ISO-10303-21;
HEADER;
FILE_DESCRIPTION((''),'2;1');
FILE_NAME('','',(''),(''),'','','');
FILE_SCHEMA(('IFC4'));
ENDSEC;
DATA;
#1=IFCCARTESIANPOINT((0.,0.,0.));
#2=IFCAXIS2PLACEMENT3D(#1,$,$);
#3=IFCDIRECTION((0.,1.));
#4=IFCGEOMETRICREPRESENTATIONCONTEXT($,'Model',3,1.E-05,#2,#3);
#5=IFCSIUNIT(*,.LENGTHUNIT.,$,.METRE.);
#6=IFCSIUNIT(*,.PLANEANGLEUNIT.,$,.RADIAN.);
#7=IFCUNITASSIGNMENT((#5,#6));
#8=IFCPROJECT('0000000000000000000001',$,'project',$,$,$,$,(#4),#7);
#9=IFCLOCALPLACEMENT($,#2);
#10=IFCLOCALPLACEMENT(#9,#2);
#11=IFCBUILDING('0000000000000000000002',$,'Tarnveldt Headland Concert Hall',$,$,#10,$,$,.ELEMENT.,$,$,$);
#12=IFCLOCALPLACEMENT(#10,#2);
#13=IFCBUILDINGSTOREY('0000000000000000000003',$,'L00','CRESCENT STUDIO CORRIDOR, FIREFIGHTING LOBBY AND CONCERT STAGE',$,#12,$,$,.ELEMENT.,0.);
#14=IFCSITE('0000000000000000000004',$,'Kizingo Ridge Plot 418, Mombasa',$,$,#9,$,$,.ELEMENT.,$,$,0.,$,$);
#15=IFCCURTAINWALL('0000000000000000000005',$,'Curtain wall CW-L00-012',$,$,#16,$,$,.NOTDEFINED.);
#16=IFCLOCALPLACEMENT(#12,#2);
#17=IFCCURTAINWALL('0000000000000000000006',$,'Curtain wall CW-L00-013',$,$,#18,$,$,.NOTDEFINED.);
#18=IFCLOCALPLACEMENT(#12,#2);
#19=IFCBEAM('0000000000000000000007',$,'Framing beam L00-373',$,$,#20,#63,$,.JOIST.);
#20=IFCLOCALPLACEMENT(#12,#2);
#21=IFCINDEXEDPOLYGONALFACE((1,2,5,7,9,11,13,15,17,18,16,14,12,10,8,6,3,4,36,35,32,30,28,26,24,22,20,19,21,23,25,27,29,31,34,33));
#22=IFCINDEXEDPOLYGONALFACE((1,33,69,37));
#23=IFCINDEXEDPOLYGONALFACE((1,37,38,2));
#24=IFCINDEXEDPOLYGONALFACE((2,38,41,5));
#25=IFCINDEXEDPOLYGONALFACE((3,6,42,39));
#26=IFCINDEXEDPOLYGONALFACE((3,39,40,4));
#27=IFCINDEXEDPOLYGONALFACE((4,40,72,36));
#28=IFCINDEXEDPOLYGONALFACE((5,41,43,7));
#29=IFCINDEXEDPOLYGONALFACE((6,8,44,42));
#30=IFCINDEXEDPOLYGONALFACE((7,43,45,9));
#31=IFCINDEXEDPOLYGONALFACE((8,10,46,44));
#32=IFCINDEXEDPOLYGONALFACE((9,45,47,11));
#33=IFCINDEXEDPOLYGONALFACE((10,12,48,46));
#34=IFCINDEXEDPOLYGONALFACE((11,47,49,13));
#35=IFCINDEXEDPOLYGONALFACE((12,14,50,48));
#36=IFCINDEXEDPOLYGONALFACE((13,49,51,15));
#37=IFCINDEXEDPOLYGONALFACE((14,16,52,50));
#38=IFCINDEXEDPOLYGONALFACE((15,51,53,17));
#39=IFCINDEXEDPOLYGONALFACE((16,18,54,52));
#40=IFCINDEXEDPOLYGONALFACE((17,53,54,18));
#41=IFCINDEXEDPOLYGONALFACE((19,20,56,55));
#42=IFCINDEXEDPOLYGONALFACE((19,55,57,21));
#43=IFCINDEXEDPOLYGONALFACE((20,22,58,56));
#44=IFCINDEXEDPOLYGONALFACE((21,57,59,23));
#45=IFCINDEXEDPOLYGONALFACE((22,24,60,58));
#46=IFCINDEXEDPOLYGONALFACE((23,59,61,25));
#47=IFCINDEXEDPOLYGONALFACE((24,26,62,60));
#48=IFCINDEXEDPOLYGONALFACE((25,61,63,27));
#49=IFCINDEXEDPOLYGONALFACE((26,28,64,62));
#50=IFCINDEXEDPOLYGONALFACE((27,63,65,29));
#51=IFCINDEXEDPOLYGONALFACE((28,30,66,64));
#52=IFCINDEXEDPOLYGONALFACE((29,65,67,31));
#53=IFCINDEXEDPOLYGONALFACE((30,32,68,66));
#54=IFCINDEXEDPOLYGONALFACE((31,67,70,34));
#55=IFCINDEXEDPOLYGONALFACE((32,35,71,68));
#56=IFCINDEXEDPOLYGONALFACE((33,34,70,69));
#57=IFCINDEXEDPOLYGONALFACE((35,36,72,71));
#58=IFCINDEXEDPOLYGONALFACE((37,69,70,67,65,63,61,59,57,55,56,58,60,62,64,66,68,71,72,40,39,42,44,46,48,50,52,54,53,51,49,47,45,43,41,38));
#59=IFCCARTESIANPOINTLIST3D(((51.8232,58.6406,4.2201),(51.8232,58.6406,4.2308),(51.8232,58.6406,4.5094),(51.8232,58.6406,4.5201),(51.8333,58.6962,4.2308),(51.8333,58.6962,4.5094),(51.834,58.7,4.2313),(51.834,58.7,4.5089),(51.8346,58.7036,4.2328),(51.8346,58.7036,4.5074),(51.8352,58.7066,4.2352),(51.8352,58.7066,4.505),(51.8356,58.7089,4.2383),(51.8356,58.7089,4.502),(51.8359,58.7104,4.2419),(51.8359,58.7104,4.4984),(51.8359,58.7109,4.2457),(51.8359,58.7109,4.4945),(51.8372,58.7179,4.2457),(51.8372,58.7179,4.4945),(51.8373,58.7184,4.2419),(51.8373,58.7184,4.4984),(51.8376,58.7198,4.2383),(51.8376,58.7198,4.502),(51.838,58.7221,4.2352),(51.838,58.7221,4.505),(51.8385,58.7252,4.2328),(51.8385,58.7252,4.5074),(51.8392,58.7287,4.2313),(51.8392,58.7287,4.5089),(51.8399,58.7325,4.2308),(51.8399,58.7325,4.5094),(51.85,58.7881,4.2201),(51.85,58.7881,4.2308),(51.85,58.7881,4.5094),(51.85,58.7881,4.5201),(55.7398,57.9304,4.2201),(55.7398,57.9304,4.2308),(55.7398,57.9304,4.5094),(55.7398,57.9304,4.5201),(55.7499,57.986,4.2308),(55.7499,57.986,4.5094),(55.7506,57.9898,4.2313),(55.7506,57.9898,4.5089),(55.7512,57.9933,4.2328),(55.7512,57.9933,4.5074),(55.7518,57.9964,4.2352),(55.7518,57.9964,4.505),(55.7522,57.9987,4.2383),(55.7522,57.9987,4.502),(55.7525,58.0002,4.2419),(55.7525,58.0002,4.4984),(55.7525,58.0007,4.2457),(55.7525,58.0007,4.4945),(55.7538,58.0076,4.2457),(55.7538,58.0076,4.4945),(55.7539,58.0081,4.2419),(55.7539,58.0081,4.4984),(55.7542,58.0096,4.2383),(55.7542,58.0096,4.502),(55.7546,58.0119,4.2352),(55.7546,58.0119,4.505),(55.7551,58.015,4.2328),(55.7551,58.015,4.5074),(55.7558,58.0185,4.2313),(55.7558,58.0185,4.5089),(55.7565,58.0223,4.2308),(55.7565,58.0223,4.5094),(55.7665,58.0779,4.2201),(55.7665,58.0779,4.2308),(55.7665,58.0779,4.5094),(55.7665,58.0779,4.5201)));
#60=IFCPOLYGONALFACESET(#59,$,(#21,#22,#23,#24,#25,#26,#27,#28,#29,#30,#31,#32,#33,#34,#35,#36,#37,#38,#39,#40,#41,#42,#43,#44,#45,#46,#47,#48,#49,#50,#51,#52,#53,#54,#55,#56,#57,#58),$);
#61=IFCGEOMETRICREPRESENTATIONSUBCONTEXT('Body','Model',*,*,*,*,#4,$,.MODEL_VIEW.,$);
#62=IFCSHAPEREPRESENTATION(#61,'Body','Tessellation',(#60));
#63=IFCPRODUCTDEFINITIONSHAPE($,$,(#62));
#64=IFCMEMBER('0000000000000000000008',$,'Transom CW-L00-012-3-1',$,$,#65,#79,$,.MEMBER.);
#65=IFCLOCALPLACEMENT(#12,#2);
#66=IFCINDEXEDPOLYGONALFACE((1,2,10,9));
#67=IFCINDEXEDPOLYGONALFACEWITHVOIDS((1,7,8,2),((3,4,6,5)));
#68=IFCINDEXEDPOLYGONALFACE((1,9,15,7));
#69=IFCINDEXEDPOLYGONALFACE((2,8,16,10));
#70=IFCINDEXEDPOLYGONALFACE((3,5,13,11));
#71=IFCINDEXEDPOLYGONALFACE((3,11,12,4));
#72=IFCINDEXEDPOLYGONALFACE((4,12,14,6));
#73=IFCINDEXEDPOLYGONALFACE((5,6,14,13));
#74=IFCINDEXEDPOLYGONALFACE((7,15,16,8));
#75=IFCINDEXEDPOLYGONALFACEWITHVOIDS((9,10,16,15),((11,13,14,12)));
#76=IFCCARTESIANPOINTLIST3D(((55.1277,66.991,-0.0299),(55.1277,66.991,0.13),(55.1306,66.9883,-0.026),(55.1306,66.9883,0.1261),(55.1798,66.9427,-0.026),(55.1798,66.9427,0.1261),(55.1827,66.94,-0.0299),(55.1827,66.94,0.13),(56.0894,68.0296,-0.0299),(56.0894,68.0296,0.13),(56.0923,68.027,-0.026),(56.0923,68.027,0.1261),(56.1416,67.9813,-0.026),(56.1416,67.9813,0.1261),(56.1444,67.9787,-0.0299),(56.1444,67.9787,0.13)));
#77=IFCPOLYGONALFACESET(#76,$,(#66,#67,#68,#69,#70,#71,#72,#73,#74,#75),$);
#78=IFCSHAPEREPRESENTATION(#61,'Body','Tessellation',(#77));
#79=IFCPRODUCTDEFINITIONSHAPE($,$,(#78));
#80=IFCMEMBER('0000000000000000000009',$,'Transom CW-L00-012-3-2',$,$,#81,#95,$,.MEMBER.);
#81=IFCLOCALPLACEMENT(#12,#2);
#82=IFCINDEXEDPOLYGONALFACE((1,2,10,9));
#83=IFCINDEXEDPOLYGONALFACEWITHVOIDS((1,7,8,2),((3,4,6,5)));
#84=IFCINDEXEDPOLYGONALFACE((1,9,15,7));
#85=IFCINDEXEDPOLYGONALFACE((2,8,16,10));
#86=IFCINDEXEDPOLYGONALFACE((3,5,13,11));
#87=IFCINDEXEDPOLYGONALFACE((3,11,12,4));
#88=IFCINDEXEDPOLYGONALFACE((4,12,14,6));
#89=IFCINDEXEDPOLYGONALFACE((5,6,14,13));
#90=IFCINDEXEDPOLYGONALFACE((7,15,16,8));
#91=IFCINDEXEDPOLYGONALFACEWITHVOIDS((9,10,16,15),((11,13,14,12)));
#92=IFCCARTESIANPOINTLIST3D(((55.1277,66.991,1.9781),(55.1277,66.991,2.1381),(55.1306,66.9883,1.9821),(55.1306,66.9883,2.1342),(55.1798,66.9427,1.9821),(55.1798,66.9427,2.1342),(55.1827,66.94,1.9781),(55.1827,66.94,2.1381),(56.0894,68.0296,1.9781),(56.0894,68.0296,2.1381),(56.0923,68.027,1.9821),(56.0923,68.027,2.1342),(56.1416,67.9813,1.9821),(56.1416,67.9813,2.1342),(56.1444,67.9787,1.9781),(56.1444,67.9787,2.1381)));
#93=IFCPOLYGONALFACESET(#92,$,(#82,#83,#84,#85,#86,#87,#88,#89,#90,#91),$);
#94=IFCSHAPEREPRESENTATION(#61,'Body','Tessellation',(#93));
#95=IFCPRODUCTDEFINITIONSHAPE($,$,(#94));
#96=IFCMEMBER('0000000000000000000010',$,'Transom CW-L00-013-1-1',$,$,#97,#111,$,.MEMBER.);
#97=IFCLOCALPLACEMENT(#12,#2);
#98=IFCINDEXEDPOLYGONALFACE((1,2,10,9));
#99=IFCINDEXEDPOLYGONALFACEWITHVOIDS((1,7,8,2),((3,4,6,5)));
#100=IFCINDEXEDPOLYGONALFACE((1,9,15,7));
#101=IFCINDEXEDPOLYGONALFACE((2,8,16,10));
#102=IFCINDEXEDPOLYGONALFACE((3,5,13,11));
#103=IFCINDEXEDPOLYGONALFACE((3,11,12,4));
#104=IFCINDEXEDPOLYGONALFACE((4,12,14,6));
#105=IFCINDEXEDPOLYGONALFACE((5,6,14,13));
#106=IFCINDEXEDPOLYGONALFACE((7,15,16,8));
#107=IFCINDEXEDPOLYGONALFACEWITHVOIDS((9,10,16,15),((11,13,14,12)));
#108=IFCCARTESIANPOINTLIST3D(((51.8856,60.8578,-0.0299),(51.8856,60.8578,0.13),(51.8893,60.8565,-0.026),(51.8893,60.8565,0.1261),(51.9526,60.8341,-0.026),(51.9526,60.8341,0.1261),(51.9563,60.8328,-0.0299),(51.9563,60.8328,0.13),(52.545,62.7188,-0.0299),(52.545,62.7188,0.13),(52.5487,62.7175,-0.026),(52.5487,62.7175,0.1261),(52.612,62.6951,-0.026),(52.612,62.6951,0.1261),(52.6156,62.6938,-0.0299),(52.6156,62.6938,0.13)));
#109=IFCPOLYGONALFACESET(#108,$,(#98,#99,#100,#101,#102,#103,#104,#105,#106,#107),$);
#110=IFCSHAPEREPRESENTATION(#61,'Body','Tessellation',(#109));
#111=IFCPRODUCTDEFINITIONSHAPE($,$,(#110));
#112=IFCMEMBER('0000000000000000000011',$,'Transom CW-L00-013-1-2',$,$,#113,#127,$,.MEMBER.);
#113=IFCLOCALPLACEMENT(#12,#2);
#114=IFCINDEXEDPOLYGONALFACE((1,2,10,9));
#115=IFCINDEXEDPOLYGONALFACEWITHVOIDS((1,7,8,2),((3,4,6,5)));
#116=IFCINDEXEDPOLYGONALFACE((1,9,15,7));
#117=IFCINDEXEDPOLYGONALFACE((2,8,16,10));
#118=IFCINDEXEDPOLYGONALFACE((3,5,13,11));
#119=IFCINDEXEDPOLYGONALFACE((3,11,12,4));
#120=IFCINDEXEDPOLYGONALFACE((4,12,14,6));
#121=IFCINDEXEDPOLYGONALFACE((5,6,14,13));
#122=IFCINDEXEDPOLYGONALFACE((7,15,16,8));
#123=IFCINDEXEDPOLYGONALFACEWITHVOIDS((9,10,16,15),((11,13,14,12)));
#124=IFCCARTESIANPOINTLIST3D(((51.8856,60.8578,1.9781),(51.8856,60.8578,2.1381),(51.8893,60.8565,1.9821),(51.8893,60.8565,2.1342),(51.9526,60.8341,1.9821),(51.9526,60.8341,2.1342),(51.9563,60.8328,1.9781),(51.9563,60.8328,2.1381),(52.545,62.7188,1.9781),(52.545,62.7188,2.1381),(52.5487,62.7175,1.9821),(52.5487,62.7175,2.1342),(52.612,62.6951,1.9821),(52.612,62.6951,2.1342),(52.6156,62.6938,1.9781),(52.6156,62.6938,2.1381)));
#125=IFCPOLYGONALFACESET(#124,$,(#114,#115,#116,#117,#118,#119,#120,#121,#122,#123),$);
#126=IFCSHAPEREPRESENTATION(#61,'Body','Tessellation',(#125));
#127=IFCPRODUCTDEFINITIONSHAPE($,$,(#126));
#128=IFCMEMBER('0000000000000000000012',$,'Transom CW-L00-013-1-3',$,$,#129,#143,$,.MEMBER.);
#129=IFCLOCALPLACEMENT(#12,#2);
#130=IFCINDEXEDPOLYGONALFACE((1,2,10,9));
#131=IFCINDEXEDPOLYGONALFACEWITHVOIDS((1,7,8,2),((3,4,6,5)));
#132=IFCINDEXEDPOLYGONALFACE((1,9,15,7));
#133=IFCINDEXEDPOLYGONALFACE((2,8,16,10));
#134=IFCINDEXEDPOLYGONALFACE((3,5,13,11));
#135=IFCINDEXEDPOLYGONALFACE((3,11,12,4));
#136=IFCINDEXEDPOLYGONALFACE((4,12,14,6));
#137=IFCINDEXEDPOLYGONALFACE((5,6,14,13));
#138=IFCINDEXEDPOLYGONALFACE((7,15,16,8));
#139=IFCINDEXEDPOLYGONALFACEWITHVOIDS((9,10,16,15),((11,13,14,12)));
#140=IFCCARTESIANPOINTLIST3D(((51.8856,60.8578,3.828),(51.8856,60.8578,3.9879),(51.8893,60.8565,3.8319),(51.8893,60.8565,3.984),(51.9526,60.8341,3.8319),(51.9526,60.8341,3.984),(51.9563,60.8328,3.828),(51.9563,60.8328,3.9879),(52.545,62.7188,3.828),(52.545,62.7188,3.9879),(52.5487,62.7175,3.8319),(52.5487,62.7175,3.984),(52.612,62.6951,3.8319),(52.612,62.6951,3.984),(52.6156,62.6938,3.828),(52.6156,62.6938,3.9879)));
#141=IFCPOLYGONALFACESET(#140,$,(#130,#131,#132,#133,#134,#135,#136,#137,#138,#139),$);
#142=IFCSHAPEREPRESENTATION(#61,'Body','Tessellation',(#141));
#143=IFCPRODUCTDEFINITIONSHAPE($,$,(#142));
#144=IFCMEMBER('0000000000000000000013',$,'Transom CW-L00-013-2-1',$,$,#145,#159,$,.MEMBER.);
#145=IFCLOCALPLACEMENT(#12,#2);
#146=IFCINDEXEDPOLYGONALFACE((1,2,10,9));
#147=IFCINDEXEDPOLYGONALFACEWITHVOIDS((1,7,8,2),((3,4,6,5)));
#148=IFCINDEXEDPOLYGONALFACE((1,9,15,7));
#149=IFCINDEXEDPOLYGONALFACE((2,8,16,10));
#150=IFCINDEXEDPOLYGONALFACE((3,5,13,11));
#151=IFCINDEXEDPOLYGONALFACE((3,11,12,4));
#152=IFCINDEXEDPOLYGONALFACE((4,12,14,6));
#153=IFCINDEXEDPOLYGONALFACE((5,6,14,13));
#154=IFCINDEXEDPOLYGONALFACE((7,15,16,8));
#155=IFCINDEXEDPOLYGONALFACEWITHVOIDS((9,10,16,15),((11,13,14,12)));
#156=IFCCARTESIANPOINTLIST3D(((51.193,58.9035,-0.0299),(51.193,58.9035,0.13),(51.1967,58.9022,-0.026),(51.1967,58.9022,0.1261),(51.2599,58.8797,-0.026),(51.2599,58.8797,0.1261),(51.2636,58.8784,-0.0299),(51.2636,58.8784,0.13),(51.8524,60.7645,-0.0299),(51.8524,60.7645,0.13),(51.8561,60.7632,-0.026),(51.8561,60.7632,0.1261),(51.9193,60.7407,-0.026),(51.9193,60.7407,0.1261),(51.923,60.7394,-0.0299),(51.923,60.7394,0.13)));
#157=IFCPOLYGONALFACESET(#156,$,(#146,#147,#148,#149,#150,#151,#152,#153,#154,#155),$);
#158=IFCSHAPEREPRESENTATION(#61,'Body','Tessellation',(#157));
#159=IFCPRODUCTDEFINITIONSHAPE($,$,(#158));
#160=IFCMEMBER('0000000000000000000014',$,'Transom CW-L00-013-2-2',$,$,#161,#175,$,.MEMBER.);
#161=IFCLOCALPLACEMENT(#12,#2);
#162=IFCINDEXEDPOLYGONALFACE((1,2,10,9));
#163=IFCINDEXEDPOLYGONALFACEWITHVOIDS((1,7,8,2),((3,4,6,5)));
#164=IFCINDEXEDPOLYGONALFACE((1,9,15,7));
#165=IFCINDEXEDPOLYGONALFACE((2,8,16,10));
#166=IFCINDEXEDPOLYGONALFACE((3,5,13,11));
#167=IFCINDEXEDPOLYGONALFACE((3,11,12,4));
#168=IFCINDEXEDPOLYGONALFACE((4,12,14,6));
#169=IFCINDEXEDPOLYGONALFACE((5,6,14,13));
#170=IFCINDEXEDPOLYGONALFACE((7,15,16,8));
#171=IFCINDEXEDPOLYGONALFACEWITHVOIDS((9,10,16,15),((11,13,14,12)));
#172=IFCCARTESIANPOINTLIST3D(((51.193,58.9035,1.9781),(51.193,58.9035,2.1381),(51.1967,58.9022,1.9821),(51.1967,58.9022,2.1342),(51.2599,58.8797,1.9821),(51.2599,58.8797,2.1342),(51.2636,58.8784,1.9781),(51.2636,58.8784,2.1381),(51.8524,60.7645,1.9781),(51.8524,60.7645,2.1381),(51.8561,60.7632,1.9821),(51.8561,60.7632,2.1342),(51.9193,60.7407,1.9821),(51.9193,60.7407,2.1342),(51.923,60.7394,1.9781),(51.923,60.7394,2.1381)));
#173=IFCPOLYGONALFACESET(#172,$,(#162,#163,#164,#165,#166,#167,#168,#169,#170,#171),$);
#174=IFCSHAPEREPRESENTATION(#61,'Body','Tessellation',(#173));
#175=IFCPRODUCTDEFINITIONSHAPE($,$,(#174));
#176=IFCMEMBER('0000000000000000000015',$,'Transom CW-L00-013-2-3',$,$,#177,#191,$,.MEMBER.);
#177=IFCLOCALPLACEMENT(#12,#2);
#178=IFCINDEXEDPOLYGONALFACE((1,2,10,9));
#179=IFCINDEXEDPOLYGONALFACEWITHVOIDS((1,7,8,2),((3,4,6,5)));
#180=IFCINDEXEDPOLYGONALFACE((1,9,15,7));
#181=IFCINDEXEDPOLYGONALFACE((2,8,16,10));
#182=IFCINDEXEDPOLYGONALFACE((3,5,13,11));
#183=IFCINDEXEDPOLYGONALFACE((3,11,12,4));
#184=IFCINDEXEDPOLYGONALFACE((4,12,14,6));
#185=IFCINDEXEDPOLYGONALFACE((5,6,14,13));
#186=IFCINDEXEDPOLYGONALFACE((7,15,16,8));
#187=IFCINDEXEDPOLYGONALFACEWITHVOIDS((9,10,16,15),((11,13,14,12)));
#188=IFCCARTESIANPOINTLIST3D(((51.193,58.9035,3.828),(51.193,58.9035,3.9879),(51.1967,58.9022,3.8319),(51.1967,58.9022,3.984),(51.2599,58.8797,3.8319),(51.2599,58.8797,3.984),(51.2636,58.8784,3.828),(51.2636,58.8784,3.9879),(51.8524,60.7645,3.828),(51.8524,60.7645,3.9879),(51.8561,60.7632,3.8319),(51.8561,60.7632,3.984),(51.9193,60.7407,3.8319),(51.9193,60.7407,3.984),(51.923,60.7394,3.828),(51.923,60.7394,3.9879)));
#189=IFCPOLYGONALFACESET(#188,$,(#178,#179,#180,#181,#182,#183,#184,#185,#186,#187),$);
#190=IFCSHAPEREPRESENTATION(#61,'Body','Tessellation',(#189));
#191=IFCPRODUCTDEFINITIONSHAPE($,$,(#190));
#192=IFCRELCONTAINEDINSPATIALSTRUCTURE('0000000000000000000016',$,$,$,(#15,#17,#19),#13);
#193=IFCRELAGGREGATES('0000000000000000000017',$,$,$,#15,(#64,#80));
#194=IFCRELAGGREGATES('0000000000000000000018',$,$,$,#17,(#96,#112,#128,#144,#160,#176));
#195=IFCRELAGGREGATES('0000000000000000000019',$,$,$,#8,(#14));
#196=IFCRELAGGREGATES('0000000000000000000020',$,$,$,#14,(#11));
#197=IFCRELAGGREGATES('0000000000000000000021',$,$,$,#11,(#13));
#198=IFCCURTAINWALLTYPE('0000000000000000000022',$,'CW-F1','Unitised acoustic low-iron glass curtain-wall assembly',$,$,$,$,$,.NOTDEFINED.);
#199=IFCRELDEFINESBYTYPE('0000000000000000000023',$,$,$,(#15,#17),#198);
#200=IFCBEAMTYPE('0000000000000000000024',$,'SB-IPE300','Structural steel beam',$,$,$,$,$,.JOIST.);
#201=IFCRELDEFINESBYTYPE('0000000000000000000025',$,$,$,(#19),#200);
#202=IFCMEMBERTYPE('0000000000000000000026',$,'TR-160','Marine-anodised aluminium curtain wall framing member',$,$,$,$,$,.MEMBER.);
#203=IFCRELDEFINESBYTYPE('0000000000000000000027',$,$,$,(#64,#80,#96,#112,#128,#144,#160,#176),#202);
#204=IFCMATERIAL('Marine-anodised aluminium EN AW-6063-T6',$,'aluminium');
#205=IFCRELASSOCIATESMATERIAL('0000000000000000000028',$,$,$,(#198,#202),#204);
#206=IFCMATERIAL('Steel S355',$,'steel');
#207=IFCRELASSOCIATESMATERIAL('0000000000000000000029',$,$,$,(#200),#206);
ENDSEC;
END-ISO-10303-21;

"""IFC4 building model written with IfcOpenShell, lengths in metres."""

from ifc_helpers import new_model, si_unit, direction, frame, origin, origin_2d, place, context, subcontext, project, spatial, hollow_rectangle, i_section, extrude, material, material_profile, profile_set, type_object, element, aggregate, save


model = new_model("IFC4")

# Units and contexts
model_context = context("Model", 3, precision=1e-05, world=origin(), true_north=direction((0.0, 1.0)))
body_context = subcontext(model_context, "Body", "Model", "MODEL_VIEW")
ifc_project = project(units=[si_unit("LENGTHUNIT", "METRE"), si_unit("PLANEANGLEUNIT", "RADIAN")], contexts=[model_context])

# Site, building, storey
site_placement = place(None, origin())
site = spatial("IfcSite", under=ifc_project, at=site_placement, Name="Kizingo Ridge Plot 418, Mombasa", CompositionType="ELEMENT", RefElevation=0.0)
building_placement = place(site_placement, origin())
building = spatial("IfcBuilding", under=site, at=building_placement, Name="Tarnveldt Headland Concert Hall", CompositionType="ELEMENT")
storey_placement = place(building_placement, origin())
storey = spatial("IfcBuildingStorey", under=building, at=storey_placement, Name="L00", Description="CRESCENT STUDIO CORRIDOR, FIREFIGHTING LOBBY AND CONCERT STAGE", CompositionType="ELEMENT", Elevation=0.0)

# Shared definitions
ifc_material_1 = material(Name="Steel S355", Category="steel")

# Curtain wall
ifc_material_2 = material(Name="Marine-anodised aluminium EN AW-6063-T6", Category="aluminium")
curtain_wall_type = type_object("IfcCurtainWallType", Name="CW-F1", Description="Unitised acoustic low-iron glass curtain-wall assembly", PredefinedType="NOTDEFINED", material=ifc_material_2)
curtain_wall_1_placement = place(storey_placement, origin())
curtain_wall_1 = element("IfcCurtainWall", 1, at=curtain_wall_1_placement, inside=storey, type_object=curtain_wall_type, Name="Curtain wall CW-L00-012", PredefinedType="NOTDEFINED")

# Curtain wall
curtain_wall_2_placement = place(storey_placement, origin())
curtain_wall_2 = element("IfcCurtainWall", 2, at=curtain_wall_2_placement, inside=storey, type_object=curtain_wall_type, Name="Curtain wall CW-L00-013", PredefinedType="NOTDEFINED")

# Beam
ifc_material_profile_1 = material_profile(ifc_material_1, i_section(OverallWidth=0.1499, OverallDepth=0.3, WebThickness=0.0071, FlangeThickness=0.0107, FilletRadius=0.0149, at=origin_2d()), Name="IPE300", Category="steel")
ifc_profile_set_1 = profile_set([ifc_material_profile_1], Name="Steel S355")
beam_type_1 = type_object("IfcBeamType", Name="SB-IPE300", Description="Structural steel beam", PredefinedType="JOIST", material=ifc_profile_set_1)
beam_1_placement = place(storey_placement, frame((55.7532, 58.0042, 4.3701), z_axis=(-0.983953, 0.178427, 0.0), x_axis=(-0.178427, -0.983953, 0.0)))
element("IfcBeam", 3, at=beam_1_placement, inside=storey, type_object=beam_type_1, Name="Framing beam L00-373", PredefinedType="JOIST", context=body_context, shape_type="SweptSolid", body=[
    extrude(i_section(OverallWidth=0.1499, OverallDepth=0.3, WebThickness=0.0071, FlangeThickness=0.0107, FilletRadius=0.0149, at=origin_2d()), origin(), (0.0, 0.0, 1.0), 3.9805),
])

# Members
ifc_material_profile_2 = material_profile(ifc_material_2, hollow_rectangle(XDim=0.075, YDim=0.1599, WallThickness=0.0039, at=origin_2d()), Name="ALU TRANSOM 75x160x4", Category="aluminium")
ifc_profile_set_2 = profile_set([ifc_material_profile_2], Name="Marine-anodised aluminium EN AW-6063-T6")
member_type_1 = type_object("IfcMemberType", Name="TR-160", Description="Marine-anodised aluminium curtain wall framing member", PredefinedType="MEMBER", material=ifc_profile_set_2)
member_1_placement = place(storey_placement, frame((56.1169, 68.0042, 0.05), z_axis=(-0.679418, -0.733751, 0.0), x_axis=(0.733751, -0.679418, 0.0)))
member_1 = element("IfcMember", 4, at=member_1_placement, type_object=member_type_1, Name="Transom CW-L00-012-3-1", PredefinedType="MEMBER", context=body_context, shape_type="SweptSolid", body=[
    extrude(hollow_rectangle(XDim=0.075, YDim=0.1599, WallThickness=0.0039, at=origin_2d()), origin(), (0.0, 0.0, 1.0), 1.4155),
])
member_2_placement = place(storey_placement, frame((56.1169, 68.0042, 2.0581), z_axis=(-0.679418, -0.733751, 0.0), x_axis=(0.733751, -0.679418, 0.0)))
member_2 = element("IfcMember", 5, at=member_2_placement, type_object=member_type_1, Name="Transom CW-L00-012-3-2", PredefinedType="MEMBER", context=body_context, shape_type="SweptSolid", body=[
    extrude(hollow_rectangle(XDim=0.075, YDim=0.1599, WallThickness=0.0039, at=origin_2d()), origin(), (0.0, 0.0, 1.0), 1.4155),
])
member_3_placement = place(storey_placement, frame((52.5803, 62.7063, 0.05), z_axis=(-0.333978, -0.942581, 0.0), x_axis=(0.942581, -0.333978, 0.0)))
member_3 = element("IfcMember", 6, at=member_3_placement, type_object=member_type_1, Name="Transom CW-L00-013-1-1", PredefinedType="MEMBER", context=body_context, shape_type="SweptSolid", body=[
    extrude(hollow_rectangle(XDim=0.075, YDim=0.1599, WallThickness=0.0039, at=origin_2d()), origin(), (0.0, 0.0, 1.0), 1.9744),
])
member_4_placement = place(storey_placement, frame((52.5803, 62.7063, 2.0581), z_axis=(-0.333978, -0.942581, 0.0), x_axis=(0.942581, -0.333978, 0.0)))
member_4 = element("IfcMember", 7, at=member_4_placement, type_object=member_type_1, Name="Transom CW-L00-013-1-2", PredefinedType="MEMBER", context=body_context, shape_type="SweptSolid", body=[
    extrude(hollow_rectangle(XDim=0.075, YDim=0.1599, WallThickness=0.0039, at=origin_2d()), origin(), (0.0, 0.0, 1.0), 1.9744),
])
member_5_placement = place(storey_placement, frame((52.5803, 62.7063, 3.908), z_axis=(-0.333978, -0.942581, 0.0), x_axis=(0.942581, -0.333978, 0.0)))
member_5 = element("IfcMember", 8, at=member_5_placement, type_object=member_type_1, Name="Transom CW-L00-013-1-3", PredefinedType="MEMBER", context=body_context, shape_type="SweptSolid", body=[
    extrude(hollow_rectangle(XDim=0.075, YDim=0.1599, WallThickness=0.0039, at=origin_2d()), origin(), (0.0, 0.0, 1.0), 1.9744),
])
member_6_placement = place(storey_placement, frame((51.8877, 60.752, 0.05), z_axis=(-0.333978, -0.942581, 0.0), x_axis=(0.942581, -0.333978, 0.0)))
member_6 = element("IfcMember", 9, at=member_6_placement, type_object=member_type_1, Name="Transom CW-L00-013-2-1", PredefinedType="MEMBER", context=body_context, shape_type="SweptSolid", body=[
    extrude(hollow_rectangle(XDim=0.075, YDim=0.1599, WallThickness=0.0039, at=origin_2d()), origin(), (0.0, 0.0, 1.0), 1.9744),
])
member_7_placement = place(storey_placement, frame((51.8877, 60.752, 2.0581), z_axis=(-0.333978, -0.942581, 0.0), x_axis=(0.942581, -0.333978, 0.0)))
member_7 = element("IfcMember", 10, at=member_7_placement, type_object=member_type_1, Name="Transom CW-L00-013-2-2", PredefinedType="MEMBER", context=body_context, shape_type="SweptSolid", body=[
    extrude(hollow_rectangle(XDim=0.075, YDim=0.1599, WallThickness=0.0039, at=origin_2d()), origin(), (0.0, 0.0, 1.0), 1.9744),
])
member_8_placement = place(storey_placement, frame((51.8877, 60.752, 3.908), z_axis=(-0.333978, -0.942581, 0.0), x_axis=(0.942581, -0.333978, 0.0)))
member_8 = element("IfcMember", 11, at=member_8_placement, type_object=member_type_1, Name="Transom CW-L00-013-2-3", PredefinedType="MEMBER", context=body_context, shape_type="SweptSolid", body=[
    extrude(hollow_rectangle(XDim=0.075, YDim=0.1599, WallThickness=0.0039, at=origin_2d()), origin(), (0.0, 0.0, 1.0), 1.9744),
])

aggregate(curtain_wall_1, [member_1, member_2])
aggregate(curtain_wall_2, [member_3, member_4, member_5, member_6, member_7, member_8])

save(model, "model.ifc")
